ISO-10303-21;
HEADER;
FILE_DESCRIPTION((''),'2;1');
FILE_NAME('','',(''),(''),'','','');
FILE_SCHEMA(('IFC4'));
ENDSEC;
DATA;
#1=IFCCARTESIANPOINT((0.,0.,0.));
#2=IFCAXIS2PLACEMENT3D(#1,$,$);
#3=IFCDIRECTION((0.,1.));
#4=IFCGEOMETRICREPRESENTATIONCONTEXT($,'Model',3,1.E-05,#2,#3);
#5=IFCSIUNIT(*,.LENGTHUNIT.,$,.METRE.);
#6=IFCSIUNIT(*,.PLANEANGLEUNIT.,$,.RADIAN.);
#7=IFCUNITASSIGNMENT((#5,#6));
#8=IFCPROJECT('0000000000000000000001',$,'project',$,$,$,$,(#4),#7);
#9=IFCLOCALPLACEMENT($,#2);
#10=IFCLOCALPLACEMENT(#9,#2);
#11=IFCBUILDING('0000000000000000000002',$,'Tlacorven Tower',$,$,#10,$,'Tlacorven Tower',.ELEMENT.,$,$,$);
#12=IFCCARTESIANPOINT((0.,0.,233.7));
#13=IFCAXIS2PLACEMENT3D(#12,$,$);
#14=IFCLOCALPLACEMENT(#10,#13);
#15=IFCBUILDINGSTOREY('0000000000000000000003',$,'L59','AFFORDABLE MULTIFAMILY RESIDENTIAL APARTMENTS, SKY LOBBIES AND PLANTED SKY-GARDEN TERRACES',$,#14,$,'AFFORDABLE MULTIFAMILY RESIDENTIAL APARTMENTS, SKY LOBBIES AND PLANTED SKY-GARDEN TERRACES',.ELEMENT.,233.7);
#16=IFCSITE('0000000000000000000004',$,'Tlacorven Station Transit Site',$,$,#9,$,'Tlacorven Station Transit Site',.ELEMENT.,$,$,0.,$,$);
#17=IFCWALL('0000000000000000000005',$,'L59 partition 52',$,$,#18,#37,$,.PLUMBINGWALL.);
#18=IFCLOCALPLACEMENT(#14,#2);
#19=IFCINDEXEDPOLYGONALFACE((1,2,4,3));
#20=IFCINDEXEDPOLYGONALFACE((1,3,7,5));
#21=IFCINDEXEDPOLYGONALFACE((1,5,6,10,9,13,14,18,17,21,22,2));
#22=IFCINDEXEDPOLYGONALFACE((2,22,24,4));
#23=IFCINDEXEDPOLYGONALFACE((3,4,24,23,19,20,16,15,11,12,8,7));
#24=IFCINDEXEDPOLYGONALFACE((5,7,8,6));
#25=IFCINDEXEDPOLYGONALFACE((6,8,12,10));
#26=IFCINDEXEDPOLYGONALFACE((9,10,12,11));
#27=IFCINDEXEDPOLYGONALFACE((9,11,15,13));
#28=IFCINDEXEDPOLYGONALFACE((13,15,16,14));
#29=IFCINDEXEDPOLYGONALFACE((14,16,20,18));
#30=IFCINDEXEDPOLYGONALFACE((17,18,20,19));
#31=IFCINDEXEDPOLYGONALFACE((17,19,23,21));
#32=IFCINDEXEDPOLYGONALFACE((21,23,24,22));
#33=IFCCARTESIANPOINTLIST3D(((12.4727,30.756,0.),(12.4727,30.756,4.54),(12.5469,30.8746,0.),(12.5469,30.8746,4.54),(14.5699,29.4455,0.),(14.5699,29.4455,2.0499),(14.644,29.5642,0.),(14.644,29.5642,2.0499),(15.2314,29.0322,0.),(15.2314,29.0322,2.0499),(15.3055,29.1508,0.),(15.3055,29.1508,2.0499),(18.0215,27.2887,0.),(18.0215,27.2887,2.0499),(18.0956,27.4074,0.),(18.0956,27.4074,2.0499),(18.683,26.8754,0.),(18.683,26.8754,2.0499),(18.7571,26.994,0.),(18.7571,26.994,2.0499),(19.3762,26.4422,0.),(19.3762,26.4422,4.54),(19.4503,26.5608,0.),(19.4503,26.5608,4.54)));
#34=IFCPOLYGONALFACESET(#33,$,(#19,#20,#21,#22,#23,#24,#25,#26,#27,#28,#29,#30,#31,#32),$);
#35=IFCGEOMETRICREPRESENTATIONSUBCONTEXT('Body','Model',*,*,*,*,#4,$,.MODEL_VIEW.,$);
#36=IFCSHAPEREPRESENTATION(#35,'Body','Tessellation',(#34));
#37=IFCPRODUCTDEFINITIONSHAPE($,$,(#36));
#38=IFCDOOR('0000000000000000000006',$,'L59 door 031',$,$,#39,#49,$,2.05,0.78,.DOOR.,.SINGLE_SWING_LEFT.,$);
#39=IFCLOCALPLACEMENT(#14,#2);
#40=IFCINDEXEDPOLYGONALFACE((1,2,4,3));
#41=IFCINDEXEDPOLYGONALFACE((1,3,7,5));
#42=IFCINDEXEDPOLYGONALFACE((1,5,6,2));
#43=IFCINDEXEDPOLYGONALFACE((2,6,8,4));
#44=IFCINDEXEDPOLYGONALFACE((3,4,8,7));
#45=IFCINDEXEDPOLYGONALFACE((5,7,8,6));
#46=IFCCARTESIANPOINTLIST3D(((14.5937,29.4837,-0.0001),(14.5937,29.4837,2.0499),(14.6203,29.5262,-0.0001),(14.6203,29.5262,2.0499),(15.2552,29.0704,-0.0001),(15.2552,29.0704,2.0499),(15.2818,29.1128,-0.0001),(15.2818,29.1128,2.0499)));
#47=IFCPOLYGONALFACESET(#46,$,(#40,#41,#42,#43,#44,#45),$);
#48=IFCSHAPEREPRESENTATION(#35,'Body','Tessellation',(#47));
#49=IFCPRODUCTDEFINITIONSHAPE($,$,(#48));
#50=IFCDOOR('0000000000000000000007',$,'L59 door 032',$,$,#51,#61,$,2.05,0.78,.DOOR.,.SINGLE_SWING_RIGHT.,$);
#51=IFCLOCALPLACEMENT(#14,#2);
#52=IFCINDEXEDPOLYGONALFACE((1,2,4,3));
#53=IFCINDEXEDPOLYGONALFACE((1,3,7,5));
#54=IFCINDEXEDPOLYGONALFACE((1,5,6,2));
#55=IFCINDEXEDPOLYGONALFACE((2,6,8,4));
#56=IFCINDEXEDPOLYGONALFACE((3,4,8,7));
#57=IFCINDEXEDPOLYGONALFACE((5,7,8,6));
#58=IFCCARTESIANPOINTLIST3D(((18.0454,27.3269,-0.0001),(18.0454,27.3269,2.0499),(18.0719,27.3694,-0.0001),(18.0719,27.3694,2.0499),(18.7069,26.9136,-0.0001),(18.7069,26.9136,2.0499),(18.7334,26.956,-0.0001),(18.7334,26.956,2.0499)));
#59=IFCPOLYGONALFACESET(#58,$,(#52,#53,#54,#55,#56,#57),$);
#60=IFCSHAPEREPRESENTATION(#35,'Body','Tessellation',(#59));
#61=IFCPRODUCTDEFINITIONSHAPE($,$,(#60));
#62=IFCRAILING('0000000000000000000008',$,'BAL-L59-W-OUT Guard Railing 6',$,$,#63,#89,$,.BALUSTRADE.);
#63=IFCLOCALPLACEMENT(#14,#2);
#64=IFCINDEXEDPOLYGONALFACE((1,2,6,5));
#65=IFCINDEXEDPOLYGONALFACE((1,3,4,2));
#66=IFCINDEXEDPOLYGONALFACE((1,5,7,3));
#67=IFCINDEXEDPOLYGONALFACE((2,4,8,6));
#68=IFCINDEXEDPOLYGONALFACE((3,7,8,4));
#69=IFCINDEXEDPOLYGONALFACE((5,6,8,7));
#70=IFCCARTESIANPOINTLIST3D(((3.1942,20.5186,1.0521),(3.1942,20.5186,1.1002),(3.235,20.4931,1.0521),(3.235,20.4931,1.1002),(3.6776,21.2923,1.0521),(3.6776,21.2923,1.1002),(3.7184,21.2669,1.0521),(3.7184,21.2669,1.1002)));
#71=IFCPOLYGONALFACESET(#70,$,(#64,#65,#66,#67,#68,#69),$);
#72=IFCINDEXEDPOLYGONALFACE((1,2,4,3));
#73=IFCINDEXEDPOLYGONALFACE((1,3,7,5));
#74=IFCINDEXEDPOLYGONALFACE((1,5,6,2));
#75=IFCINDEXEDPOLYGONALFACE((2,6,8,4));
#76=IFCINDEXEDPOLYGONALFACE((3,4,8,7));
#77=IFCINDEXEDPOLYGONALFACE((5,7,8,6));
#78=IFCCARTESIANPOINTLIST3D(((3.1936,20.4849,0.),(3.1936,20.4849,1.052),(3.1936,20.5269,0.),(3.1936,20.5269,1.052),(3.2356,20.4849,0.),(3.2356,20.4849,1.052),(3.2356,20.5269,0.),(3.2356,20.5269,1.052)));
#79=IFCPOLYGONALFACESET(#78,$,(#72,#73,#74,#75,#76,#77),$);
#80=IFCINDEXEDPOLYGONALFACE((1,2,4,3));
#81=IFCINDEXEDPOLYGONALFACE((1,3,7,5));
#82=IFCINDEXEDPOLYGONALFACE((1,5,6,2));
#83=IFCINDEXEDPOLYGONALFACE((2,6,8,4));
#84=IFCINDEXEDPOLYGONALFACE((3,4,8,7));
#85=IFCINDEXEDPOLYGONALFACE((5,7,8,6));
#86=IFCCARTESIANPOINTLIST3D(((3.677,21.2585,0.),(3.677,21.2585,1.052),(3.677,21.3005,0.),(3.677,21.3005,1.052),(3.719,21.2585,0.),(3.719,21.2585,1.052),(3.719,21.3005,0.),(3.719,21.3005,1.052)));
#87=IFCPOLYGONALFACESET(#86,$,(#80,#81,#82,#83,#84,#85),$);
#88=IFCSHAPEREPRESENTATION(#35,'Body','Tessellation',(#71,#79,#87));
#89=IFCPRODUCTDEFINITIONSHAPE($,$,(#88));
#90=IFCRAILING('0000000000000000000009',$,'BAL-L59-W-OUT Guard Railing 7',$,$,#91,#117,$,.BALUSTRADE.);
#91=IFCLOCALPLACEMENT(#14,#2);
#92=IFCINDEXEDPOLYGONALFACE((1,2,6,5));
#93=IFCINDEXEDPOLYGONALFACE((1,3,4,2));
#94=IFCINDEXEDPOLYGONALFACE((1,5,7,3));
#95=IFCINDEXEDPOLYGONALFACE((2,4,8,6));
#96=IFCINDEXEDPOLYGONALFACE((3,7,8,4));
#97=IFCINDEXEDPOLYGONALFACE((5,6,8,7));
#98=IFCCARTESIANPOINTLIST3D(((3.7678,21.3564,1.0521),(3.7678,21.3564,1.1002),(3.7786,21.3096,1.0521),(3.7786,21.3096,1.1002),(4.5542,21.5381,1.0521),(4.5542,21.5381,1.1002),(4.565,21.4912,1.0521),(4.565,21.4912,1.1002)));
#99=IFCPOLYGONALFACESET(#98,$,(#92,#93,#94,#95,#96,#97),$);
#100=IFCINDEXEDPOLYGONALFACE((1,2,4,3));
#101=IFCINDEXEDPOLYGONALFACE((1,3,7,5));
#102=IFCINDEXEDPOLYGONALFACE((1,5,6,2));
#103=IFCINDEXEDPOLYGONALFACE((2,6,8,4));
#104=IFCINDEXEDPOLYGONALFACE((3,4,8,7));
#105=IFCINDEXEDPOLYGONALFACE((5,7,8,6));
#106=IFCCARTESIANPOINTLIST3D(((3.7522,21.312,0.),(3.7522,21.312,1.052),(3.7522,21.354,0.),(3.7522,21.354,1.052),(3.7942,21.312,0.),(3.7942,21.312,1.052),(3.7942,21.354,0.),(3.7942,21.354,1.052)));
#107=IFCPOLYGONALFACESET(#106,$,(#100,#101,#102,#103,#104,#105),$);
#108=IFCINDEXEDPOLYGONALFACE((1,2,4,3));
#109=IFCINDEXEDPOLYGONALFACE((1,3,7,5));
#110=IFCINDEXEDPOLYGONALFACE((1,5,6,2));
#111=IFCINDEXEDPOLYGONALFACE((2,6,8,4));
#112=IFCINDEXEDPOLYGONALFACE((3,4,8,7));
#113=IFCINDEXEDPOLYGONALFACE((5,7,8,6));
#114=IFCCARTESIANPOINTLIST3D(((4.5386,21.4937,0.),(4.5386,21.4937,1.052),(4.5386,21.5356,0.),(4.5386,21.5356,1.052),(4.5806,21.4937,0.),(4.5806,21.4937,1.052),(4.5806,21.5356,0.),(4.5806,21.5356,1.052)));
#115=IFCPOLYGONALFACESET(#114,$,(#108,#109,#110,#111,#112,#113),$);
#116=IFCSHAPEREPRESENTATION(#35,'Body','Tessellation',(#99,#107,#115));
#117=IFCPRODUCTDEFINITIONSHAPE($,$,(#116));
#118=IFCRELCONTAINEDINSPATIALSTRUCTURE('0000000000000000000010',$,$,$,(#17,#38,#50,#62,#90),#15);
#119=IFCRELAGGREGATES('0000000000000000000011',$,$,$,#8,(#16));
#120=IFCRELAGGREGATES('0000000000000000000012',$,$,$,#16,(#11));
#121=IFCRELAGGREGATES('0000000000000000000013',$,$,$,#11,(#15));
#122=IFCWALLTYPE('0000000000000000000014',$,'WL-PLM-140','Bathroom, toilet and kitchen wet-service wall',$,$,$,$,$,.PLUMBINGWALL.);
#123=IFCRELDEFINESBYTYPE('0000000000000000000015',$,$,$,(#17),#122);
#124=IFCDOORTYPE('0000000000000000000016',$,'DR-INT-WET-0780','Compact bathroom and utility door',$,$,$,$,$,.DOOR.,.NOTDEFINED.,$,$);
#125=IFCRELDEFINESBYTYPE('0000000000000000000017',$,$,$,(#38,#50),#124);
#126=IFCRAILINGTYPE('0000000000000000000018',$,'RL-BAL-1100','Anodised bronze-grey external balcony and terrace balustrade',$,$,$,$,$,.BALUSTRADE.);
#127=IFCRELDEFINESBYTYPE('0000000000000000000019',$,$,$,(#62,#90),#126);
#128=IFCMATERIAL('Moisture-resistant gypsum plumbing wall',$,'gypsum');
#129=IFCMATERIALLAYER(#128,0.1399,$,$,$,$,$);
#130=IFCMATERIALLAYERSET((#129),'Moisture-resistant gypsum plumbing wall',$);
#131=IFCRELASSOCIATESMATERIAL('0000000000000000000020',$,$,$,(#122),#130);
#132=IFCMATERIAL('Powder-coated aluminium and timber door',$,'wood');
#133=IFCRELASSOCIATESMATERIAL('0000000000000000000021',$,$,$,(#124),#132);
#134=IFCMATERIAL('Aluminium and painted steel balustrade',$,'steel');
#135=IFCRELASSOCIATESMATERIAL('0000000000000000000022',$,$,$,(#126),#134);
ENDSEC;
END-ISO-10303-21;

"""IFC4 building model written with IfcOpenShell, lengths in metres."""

from ifc_helpers import new_model, si_unit, direction, frame, frame_2d, origin, origin_2d, place, context, subcontext, project, spatial, rectangle, extrude, source, transform, mapped, material, layer, layer_set, type_object, element, fill, save


model = new_model("IFC4")

# Units and contexts
model_context = context("Model", 3, precision=1e-05, world=origin(), true_north=direction((0.0, 1.0)))
body_context = subcontext(model_context, "Body", "Model", "MODEL_VIEW")
ifc_project = project(units=[si_unit("LENGTHUNIT", "METRE"), si_unit("PLANEANGLEUNIT", "RADIAN")], contexts=[model_context])

# Site, building, storey
site_placement = place(None, origin())
site = spatial("IfcSite", under=ifc_project, at=site_placement, Name="Tlacorven Station Transit Site", LongName="Tlacorven Station Transit Site", CompositionType="ELEMENT", RefElevation=0.0)
building_placement = place(site_placement, origin())
building = spatial("IfcBuilding", under=site, at=building_placement, Name="Tlacorven Tower", LongName="Tlacorven Tower", CompositionType="ELEMENT")
storey_placement = place(building_placement, frame((0.0, 0.0, 233.7)))
storey = spatial("IfcBuildingStorey", under=building, at=storey_placement, Name="L59", Description="AFFORDABLE MULTIFAMILY RESIDENTIAL APARTMENTS, SKY LOBBIES AND PLANTED SKY-GARDEN TERRACES", LongName="AFFORDABLE MULTIFAMILY RESIDENTIAL APARTMENTS, SKY LOBBIES AND PLANTED SKY-GARDEN TERRACES", CompositionType="ELEMENT", Elevation=233.7)

# Shared definitions
ifc_material_1 = material(Name="Powder-coated aluminium and timber door", Category="wood")

# Wall, openings, doors
ifc_material_2 = material(Name="Moisture-resistant gypsum plumbing wall", Category="gypsum")
ifc_layer_1 = layer(ifc_material_2, 0.1399)
ifc_layer_set_1 = layer_set([ifc_layer_1], Name="Moisture-resistant gypsum plumbing wall")
wall_type_1 = type_object("IfcWallType", Name="WL-PLM-140", Description="Bathroom, toilet and kitchen wet-service wall", PredefinedType="PLUMBINGWALL", material=ifc_layer_set_1)
wall_1_placement = place(storey_placement, frame((19.4133, 26.5015, 0.0), z_axis=(0.0, 0.0, 1.0), x_axis=(-0.848045, 0.529923, 0.0)))
wall_1 = element("IfcWall", 1, at=wall_1_placement, inside=storey, type_object=wall_type_1, Name="L59 partition 52", PredefinedType="PLUMBINGWALL", context=body_context, shape_type="SweptSolid", body=[
    extrude(rectangle(XDim=8.1404, YDim=0.1399, at=frame_2d((4.0703, 0.0))), origin(), (0.0, 0.0, 1.0), 4.54),
])
opening_1_placement = place(wall_1_placement, frame((4.8875, 0.0, 0.0)))
opening_1 = element("IfcOpeningElement", 2, at=opening_1_placement, cuts=wall_1, PredefinedType="OPENING", context=body_context, shape_type="SweptSolid", body=[
    extrude(rectangle(XDim=0.78, YDim=2.05, at=frame_2d((0.3901, 1.0249))), frame((0.0, 0.0801, 0.0), z_axis=(0.0, -1.0, 0.0), x_axis=(1.0, 0.0, 0.0)), (0.0, 0.0, 1.0), 0.1599),
])
opening_2_placement = place(wall_1_placement, frame((0.8174, 0.0, 0.0)))
opening_2 = element("IfcOpeningElement", 3, at=opening_2_placement, cuts=wall_1, PredefinedType="OPENING", context=body_context, shape_type="SweptSolid", body=[
    extrude(rectangle(XDim=0.78, YDim=2.05, at=frame_2d((0.3901, 1.0249))), frame((0.0, 0.0801, 0.0), z_axis=(0.0, -1.0, 0.0), x_axis=(1.0, 0.0, 0.0)), (0.0, 0.0, 1.0), 0.1599),
])
door_type_1 = type_object("IfcDoorType", Name="DR-INT-WET-0780", Description="Compact bathroom and utility door", OperationType="NOTDEFINED", PredefinedType="DOOR", material=ifc_material_1)
shared_shape_1 = source(origin(), body_context, "Body", "SweptSolid", [
    extrude(rectangle(XDim=0.78, YDim=2.05, at=frame_2d((0.3901, 1.0249))), frame((0.0, 0.0249, 0.0), z_axis=(0.0, -1.0, 0.0), x_axis=(1.0, 0.0, 0.0)), (0.0, 0.0, 1.0), 0.05),
])
door_1_placement = place(opening_1_placement, origin())
door_1 = element("IfcDoor", 4, at=door_1_placement, inside=storey, type_object=door_type_1, Name="L59 door 031", OperationType="SINGLE_SWING_LEFT", OverallHeight=2.05, OverallWidth=0.78, PredefinedType="DOOR", context=body_context, shape_type="MappedRepresentation", body=[
    mapped(shared_shape_1, transform((0.0, 0.0, 0.0), scale=1.0)),
])
fill(opening_1, door_1)
door_2_placement = place(opening_2_placement, origin())
door_2 = element("IfcDoor", 5, at=door_2_placement, inside=storey, type_object=door_type_1, Name="L59 door 032", OperationType="SINGLE_SWING_RIGHT", OverallHeight=2.05, OverallWidth=0.78, PredefinedType="DOOR", context=body_context, shape_type="MappedRepresentation", body=[
    mapped(shared_shape_1, transform((0.0, 0.0, 0.0), scale=1.0)),
])
fill(opening_2, door_2)

# Railings
ifc_material_3 = material(Name="Aluminium and painted steel balustrade", Category="steel")
railing_type = type_object("IfcRailingType", Name="RL-BAL-1100", Description="Anodised bronze-grey external balcony and terrace balustrade", PredefinedType="BALUSTRADE", material=ifc_material_3)
shared_shape_2 = source(origin(), body_context, "Body", "SweptSolid", [
    extrude(rectangle(XDim=0.0481, YDim=0.0481, at=origin_2d()), frame((0.0, 0.0, 1.0762), z_axis=(0.529879, 0.848073, 0.0), x_axis=(-0.848073, 0.529879, 0.0)), (0.0, 0.0, 1.0), 0.9124),
    extrude(rectangle(XDim=0.042, YDim=0.042, at=origin_2d()), origin(), (0.0, 0.0, 1.0), 1.052),
    extrude(rectangle(XDim=0.042, YDim=0.042, at=origin_2d()), frame((0.4834, 0.7737, 0.0)), (0.0, 0.0, 1.0), 1.052),
])
railing_1_placement = place(storey_placement, frame((3.2146, 20.5059, 0.0)))
element("IfcRailing", 6, at=railing_1_placement, inside=storey, type_object=railing_type, Name="BAL-L59-W-OUT Guard Railing 6", PredefinedType="BALUSTRADE", context=body_context, shape_type="MappedRepresentation", body=[
    mapped(shared_shape_2, transform((0.0, 0.0, 0.0), scale=1.0)),
])
shared_shape_3 = source(origin(), body_context, "Body", "SweptSolid", [
    extrude(rectangle(XDim=0.0481, YDim=0.0481, at=origin_2d()), frame((0.0, 0.0, 1.0762), z_axis=(0.974345, 0.225058, 0.0), x_axis=(-0.225058, 0.974345, 0.0)), (0.0, 0.0, 1.0), 0.8071),
    extrude(rectangle(XDim=0.042, YDim=0.042, at=origin_2d()), origin(), (0.0, 0.0, 1.0), 1.052),
    extrude(rectangle(XDim=0.042, YDim=0.042, at=origin_2d()), frame((0.7864, 0.1816, 0.0)), (0.0, 0.0, 1.0), 1.052),
])
railing_2_placement = place(storey_placement, frame((3.7732, 21.333, 0.0)))
element("IfcRailing", 7, at=railing_2_placement, inside=storey, type_object=railing_type, Name="BAL-L59-W-OUT Guard Railing 7", PredefinedType="BALUSTRADE", context=body_context, shape_type="MappedRepresentation", body=[
    mapped(shared_shape_3, transform((0.0, 0.0, 0.0), scale=1.0)),
])

save(model, "model.ifc")
